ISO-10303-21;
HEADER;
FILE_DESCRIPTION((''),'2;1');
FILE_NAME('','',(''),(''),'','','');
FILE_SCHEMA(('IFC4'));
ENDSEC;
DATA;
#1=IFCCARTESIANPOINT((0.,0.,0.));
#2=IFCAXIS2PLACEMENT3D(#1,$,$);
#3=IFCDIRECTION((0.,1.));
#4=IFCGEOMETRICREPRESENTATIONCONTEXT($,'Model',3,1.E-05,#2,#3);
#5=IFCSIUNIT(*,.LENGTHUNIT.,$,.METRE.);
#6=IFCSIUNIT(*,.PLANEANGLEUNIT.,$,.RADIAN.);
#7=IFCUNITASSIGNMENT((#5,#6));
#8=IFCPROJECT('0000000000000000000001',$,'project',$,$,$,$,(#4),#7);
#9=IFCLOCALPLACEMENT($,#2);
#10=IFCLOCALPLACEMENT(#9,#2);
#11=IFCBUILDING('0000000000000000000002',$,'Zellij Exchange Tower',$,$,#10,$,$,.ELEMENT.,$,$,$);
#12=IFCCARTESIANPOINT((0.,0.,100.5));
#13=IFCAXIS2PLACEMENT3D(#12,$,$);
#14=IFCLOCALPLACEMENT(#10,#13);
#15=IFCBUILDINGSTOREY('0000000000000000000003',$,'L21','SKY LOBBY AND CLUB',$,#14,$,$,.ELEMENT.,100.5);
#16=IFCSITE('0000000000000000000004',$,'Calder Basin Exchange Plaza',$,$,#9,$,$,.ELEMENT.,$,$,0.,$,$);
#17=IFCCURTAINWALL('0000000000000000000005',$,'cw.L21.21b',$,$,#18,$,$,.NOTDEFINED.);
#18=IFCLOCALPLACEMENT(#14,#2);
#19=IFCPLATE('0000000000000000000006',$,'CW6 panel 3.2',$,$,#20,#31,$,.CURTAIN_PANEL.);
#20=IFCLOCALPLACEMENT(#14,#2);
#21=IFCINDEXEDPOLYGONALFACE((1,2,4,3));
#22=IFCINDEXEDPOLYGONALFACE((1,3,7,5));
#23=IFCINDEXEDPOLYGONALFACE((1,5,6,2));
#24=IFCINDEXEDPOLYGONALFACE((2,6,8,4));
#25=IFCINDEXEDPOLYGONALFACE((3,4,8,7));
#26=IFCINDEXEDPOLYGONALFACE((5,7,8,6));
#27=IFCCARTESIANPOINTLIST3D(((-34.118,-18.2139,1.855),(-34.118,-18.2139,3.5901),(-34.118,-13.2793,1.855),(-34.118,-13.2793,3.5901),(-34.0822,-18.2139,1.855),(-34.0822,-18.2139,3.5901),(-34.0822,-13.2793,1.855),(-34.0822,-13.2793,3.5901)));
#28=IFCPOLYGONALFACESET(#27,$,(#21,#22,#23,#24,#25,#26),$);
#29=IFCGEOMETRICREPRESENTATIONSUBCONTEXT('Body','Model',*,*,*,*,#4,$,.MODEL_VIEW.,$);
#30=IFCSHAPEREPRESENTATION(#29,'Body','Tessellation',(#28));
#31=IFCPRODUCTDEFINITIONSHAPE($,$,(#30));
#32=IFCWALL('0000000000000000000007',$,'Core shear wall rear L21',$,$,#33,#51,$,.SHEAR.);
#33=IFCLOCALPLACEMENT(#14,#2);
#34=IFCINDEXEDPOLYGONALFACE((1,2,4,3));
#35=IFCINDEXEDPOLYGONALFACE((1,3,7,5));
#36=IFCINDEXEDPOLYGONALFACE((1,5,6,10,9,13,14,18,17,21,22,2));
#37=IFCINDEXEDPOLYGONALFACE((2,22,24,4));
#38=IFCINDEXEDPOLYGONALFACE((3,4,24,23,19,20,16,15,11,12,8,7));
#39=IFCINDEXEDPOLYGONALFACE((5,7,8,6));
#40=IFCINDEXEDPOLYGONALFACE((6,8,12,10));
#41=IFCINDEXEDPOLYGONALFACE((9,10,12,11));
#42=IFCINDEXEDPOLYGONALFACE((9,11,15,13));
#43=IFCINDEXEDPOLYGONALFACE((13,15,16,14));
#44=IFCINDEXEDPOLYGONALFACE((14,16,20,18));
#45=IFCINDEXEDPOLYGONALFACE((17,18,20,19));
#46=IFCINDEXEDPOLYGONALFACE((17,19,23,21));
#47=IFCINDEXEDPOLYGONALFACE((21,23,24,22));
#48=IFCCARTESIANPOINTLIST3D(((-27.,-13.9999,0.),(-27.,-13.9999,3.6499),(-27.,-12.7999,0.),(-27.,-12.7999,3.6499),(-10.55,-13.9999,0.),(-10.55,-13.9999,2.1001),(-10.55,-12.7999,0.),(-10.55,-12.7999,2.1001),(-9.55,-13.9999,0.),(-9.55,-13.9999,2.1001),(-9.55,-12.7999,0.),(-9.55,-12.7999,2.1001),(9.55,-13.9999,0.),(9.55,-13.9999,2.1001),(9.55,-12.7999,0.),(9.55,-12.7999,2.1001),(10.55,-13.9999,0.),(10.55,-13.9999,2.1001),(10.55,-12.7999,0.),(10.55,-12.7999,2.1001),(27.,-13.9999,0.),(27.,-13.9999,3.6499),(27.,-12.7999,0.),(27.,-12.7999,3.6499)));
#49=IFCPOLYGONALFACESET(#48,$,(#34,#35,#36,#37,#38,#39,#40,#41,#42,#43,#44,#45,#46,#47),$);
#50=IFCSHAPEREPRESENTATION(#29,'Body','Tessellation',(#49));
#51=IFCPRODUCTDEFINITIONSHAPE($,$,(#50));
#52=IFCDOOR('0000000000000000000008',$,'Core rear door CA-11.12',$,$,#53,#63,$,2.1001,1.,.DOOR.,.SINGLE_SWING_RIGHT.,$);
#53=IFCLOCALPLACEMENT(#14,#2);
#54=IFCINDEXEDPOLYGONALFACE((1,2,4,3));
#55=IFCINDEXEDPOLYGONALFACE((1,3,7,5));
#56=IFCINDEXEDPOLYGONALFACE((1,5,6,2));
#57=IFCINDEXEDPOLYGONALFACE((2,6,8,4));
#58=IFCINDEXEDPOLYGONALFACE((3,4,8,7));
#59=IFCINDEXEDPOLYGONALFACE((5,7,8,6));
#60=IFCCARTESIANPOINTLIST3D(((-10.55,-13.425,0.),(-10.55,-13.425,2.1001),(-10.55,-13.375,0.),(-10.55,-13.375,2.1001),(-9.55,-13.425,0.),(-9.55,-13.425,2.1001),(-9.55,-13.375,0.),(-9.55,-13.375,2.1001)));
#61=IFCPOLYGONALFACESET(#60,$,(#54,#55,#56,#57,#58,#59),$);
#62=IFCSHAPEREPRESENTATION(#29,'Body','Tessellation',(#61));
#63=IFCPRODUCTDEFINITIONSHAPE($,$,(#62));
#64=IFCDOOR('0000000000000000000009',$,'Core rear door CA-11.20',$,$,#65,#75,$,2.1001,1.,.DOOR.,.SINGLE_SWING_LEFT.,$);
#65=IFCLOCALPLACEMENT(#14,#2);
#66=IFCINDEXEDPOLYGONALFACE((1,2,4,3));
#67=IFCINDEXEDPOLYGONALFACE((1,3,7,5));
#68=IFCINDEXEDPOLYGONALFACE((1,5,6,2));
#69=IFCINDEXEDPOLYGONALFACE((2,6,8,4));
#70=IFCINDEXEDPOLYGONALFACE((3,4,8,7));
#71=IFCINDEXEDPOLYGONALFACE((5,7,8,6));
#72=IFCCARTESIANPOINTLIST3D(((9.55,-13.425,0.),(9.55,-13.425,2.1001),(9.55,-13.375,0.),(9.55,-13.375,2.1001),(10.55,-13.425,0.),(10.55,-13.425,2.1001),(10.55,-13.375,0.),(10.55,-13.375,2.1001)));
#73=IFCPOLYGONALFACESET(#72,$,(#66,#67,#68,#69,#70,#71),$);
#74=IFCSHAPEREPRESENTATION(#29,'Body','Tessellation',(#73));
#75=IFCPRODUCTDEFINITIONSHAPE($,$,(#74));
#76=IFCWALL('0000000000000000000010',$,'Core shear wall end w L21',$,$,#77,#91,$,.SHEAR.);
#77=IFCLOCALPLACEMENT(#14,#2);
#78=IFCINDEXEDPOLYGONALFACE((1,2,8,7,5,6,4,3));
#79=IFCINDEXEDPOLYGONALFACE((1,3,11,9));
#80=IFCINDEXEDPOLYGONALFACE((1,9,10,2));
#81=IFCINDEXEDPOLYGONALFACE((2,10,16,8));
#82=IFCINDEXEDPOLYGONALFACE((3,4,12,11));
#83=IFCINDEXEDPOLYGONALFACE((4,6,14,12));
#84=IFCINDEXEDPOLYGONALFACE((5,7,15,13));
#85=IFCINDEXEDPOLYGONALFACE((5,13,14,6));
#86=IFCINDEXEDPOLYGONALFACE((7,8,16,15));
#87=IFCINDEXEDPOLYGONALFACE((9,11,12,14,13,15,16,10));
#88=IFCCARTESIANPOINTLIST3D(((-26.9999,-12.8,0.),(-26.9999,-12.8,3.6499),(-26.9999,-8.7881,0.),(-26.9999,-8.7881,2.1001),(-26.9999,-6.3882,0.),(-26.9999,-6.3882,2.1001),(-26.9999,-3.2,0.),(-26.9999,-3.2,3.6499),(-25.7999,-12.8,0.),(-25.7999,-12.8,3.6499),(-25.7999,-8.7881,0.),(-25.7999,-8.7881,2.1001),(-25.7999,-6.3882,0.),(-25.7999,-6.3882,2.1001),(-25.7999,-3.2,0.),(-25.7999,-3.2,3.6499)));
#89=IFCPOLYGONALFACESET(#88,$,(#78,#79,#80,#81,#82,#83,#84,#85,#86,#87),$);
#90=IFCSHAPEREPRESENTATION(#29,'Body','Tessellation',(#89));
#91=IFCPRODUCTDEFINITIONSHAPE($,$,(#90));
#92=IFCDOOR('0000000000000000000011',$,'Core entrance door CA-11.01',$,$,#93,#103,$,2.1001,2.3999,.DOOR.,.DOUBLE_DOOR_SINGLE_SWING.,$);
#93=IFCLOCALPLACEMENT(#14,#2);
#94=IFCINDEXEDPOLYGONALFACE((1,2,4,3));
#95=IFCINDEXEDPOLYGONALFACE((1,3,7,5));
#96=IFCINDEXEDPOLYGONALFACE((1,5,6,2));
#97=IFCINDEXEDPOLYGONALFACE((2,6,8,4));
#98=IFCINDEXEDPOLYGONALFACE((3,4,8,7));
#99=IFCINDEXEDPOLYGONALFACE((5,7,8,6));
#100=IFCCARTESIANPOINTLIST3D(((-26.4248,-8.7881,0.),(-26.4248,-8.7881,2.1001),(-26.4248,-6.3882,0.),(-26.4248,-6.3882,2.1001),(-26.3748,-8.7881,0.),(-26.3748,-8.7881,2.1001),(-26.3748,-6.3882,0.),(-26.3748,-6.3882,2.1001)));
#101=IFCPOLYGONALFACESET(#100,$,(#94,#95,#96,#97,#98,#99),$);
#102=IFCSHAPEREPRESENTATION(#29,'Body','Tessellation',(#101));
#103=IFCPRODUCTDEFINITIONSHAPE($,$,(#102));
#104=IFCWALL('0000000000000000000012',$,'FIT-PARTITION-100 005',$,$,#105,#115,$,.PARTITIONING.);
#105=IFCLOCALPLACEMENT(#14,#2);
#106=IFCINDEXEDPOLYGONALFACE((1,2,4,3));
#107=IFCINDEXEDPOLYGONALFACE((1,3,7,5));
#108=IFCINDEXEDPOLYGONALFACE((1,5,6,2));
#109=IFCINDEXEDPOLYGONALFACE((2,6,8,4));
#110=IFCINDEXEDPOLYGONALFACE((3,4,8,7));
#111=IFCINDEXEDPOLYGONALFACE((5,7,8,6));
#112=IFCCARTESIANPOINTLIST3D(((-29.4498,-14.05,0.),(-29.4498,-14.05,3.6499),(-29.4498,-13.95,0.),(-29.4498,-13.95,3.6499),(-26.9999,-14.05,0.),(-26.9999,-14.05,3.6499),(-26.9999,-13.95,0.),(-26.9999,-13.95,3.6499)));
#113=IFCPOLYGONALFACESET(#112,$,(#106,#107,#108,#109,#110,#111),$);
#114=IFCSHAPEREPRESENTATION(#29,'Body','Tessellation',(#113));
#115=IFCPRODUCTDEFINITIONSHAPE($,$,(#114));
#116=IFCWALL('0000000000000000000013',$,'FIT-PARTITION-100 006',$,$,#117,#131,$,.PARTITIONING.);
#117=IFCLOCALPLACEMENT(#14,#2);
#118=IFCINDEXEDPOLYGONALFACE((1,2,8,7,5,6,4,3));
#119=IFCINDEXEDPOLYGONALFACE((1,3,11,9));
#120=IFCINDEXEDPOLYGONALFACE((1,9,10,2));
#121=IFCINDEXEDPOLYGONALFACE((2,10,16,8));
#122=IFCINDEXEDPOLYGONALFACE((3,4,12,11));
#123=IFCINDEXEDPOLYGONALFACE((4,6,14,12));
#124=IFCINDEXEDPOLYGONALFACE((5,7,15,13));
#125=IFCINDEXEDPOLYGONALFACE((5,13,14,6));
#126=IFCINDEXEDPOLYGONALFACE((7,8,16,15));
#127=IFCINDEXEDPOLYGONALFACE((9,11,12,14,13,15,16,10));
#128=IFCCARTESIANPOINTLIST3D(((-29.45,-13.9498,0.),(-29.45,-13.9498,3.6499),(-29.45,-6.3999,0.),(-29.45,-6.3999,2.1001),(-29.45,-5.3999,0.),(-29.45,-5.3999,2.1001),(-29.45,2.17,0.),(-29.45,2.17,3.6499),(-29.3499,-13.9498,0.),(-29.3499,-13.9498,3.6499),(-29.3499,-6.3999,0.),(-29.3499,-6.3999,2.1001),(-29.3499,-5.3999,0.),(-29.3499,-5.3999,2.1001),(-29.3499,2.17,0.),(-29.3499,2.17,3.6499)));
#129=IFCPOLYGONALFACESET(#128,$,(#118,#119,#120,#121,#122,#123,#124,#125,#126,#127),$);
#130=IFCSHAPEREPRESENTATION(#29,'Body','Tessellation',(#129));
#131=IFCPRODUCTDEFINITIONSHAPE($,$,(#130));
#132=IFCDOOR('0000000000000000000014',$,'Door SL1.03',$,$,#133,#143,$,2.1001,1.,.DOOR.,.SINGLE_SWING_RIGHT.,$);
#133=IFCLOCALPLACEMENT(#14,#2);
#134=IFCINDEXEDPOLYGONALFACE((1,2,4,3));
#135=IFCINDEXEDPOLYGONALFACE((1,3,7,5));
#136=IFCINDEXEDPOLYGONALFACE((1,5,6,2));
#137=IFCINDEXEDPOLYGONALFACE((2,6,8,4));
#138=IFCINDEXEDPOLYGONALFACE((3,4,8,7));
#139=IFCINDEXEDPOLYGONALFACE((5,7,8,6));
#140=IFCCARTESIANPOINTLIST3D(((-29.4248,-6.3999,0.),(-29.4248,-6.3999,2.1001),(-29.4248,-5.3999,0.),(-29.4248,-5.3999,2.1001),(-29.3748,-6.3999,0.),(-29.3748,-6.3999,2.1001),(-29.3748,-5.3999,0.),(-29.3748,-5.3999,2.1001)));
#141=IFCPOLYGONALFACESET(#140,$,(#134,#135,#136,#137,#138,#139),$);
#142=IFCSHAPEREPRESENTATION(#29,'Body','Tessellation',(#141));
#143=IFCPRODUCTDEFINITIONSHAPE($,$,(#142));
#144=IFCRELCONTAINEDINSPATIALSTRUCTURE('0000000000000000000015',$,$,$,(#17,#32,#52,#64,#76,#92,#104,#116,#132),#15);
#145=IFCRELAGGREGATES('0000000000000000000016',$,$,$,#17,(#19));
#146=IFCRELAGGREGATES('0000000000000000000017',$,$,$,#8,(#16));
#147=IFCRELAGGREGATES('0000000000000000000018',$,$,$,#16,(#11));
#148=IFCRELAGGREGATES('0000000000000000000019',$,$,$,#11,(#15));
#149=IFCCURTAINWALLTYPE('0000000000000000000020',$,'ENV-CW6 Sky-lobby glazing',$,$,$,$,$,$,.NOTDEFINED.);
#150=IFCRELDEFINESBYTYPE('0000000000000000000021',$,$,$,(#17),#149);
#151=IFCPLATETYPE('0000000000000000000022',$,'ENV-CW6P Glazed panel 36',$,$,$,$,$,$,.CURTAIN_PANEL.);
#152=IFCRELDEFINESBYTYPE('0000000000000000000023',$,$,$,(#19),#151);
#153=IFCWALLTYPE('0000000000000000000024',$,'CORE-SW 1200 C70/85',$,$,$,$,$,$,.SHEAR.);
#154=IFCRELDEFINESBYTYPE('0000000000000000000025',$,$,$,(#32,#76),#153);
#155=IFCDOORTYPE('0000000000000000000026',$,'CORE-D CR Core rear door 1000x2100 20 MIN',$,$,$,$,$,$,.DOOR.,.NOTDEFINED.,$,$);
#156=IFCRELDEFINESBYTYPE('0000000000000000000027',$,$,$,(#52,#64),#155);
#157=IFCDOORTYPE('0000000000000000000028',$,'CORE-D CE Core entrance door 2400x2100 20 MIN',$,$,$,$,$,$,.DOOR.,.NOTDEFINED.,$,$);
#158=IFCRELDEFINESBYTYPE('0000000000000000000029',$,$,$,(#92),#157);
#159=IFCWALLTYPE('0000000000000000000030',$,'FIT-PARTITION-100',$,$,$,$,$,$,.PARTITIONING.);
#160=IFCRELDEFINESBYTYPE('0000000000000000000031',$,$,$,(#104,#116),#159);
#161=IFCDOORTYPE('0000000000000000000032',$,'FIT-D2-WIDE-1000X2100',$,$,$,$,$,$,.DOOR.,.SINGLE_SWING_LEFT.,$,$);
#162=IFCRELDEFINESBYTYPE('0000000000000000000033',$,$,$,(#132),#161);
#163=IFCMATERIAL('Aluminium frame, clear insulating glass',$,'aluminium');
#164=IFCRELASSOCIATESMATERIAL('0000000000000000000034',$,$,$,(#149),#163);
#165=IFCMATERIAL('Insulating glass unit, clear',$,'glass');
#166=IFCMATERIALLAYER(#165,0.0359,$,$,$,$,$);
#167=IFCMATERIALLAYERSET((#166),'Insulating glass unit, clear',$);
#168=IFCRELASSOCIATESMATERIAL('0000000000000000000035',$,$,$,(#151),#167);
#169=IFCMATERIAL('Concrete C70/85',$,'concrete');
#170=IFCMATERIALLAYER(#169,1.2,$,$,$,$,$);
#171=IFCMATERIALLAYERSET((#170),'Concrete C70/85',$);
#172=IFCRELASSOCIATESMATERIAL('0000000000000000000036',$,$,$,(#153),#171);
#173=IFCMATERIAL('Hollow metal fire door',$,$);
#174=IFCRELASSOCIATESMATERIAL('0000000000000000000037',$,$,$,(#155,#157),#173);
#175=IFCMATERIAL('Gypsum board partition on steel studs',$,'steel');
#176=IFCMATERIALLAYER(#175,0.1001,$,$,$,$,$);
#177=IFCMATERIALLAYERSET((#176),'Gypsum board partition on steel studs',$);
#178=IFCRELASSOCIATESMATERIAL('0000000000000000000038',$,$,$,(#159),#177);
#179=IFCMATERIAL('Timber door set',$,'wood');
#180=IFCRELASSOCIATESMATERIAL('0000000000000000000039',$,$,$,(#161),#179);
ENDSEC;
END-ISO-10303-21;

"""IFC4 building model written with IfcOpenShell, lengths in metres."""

from ifc_helpers import new_model, si_unit, direction, frame, frame_2d, origin, origin_2d, place, context, subcontext, project, spatial, rectangle, extrude, material, layer, layer_set, type_object, element, fill, aggregate, save


model = new_model("IFC4")

# Units and contexts
model_context = context("Model", 3, precision=1e-05, world=origin(), true_north=direction((0.0, 1.0)))
body_context = subcontext(model_context, "Body", "Model", "MODEL_VIEW")
ifc_project = project(units=[si_unit("LENGTHUNIT", "METRE"), si_unit("PLANEANGLEUNIT", "RADIAN")], contexts=[model_context])

# Site, building, storey
site_placement = place(None, origin())
site = spatial("IfcSite", under=ifc_project, at=site_placement, Name="Calder Basin Exchange Plaza", CompositionType="ELEMENT", RefElevation=0.0)
building_placement = place(site_placement, origin())
building = spatial("IfcBuilding", under=site, at=building_placement, Name="Zellij Exchange Tower", CompositionType="ELEMENT")
storey_placement = place(building_placement, frame((0.0, 0.0, 100.5)))
storey = spatial("IfcBuildingStorey", under=building, at=storey_placement, Name="L21", Description="SKY LOBBY AND CLUB", CompositionType="ELEMENT", Elevation=100.5)

# Shared definitions
ifc_material_1 = material(Name="Concrete C70/85", Category="concrete")

# Curtain wall
ifc_material_2 = material(Name="Aluminium frame, clear insulating glass", Category="aluminium")
curtain_wall_type = type_object("IfcCurtainWallType", Name="ENV-CW6 Sky-lobby glazing", PredefinedType="NOTDEFINED", material=ifc_material_2)
curtain_wall_placement = place(storey_placement, origin())
curtain_wall = element("IfcCurtainWall", 1, at=curtain_wall_placement, inside=storey, type_object=curtain_wall_type, Name="cw.L21.21b", PredefinedType="NOTDEFINED")

# Plate
ifc_material_3 = material(Name="Insulating glass unit, clear", Category="glass")
ifc_layer_1 = layer(ifc_material_3, 0.0359)
ifc_layer_set_1 = layer_set([ifc_layer_1], Name="Insulating glass unit, clear")
plate_type = type_object("IfcPlateType", Name="ENV-CW6P Glazed panel 36", PredefinedType="CURTAIN_PANEL", material=ifc_layer_set_1)
plate_1_placement = place(storey_placement, frame((-34.1001, -15.7466, 1.855), z_axis=(0.0, 0.0, 1.0), x_axis=(0.0, -1.0, 0.0)))
plate_1 = element("IfcPlate", 2, at=plate_1_placement, type_object=plate_type, Name="CW6 panel 3.2", PredefinedType="CURTAIN_PANEL", context=body_context, shape_type="SweptSolid", body=[
    extrude(rectangle(XDim=4.9346, YDim=0.0359, at=origin_2d()), origin(), (0.0, 0.0, 1.0), 1.7351),
])
aggregate(curtain_wall, [plate_1])

# Wall, openings, doors
ifc_layer_2 = layer(ifc_material_1, 1.2)
ifc_layer_set_2 = layer_set([ifc_layer_2], Name="Concrete C70/85")
wall_type_1 = type_object("IfcWallType", Name="CORE-SW 1200 C70/85", PredefinedType="SHEAR", material=ifc_layer_set_2)
wall_1_placement = place(storey_placement, frame((-27.0, -13.3999, 0.0), z_axis=(0.0, 0.0, 1.0), x_axis=(1.0, 0.0, 0.0)))
wall_1 = element("IfcWall", 3, at=wall_1_placement, inside=storey, type_object=wall_type_1, Name="Core shear wall rear L21", PredefinedType="SHEAR", context=body_context, shape_type="SweptSolid", body=[
    extrude(rectangle(XDim=54.0, YDim=1.2, at=frame_2d((27.0, 0.0))), origin(), (0.0, 0.0, 1.0), 3.6499),
])
opening_1_placement = place(wall_1_placement, frame((16.45, 0.0, 0.0)))
opening_1 = element("IfcOpeningElement", 4, at=opening_1_placement, cuts=wall_1, PredefinedType="OPENING", context=body_context, shape_type="SweptSolid", body=[
    extrude(rectangle(XDim=1.0, YDim=2.1001, at=frame_2d((0.5, 1.05))), frame((0.0, 0.6118, 0.0), z_axis=(0.0, -1.0, 0.0), x_axis=(1.0, 0.0, 0.0)), (0.0, 0.0, 1.0), 1.2239),
])
opening_2_placement = place(wall_1_placement, frame((36.55, 0.0, 0.0)))
opening_2 = element("IfcOpeningElement", 5, at=opening_2_placement, cuts=wall_1, PredefinedType="OPENING", context=body_context, shape_type="SweptSolid", body=[
    extrude(rectangle(XDim=1.0, YDim=2.1001, at=frame_2d((0.5, 1.05))), frame((0.0, 0.6118, 0.0), z_axis=(0.0, -1.0, 0.0), x_axis=(1.0, 0.0, 0.0)), (0.0, 0.0, 1.0), 1.2239),
])
ifc_material_4 = material(Name="Hollow metal fire door")
door_type_1 = type_object("IfcDoorType", Name="CORE-D CR Core rear door 1000x2100 20 MIN", OperationType="NOTDEFINED", PredefinedType="DOOR", material=ifc_material_4)
door_1_placement = place(opening_1_placement, origin())
door_1 = element("IfcDoor", 6, at=door_1_placement, inside=storey, type_object=door_type_1, Name="Core rear door CA-11.12", OperationType="SINGLE_SWING_RIGHT", OverallHeight=2.1001, OverallWidth=1.0, PredefinedType="DOOR", context=body_context, shape_type="SweptSolid", body=[
    extrude(rectangle(XDim=1.0, YDim=2.1001, at=frame_2d((0.5, 1.05))), frame((0.0, 0.0249, 0.0), z_axis=(0.0, -1.0, 0.0), x_axis=(1.0, 0.0, 0.0)), (0.0, 0.0, 1.0), 0.05),
])
fill(opening_1, door_1)
door_2_placement = place(opening_2_placement, origin())
door_2 = element("IfcDoor", 7, at=door_2_placement, inside=storey, type_object=door_type_1, Name="Core rear door CA-11.20", OperationType="SINGLE_SWING_LEFT", OverallHeight=2.1001, OverallWidth=1.0, PredefinedType="DOOR", context=body_context, shape_type="SweptSolid", body=[
    extrude(rectangle(XDim=1.0, YDim=2.1001, at=frame_2d((0.5, 1.05))), frame((0.0, 0.0249, 0.0), z_axis=(0.0, -1.0, 0.0), x_axis=(1.0, 0.0, 0.0)), (0.0, 0.0, 1.0), 0.05),
])
fill(opening_2, door_2)

# Wall, opening, door
wall_2_placement = place(storey_placement, frame((-26.3999, -12.8, 0.0), z_axis=(0.0, 0.0, 1.0), x_axis=(0.0, 1.0, 0.0)))
wall_2 = element("IfcWall", 8, at=wall_2_placement, inside=storey, type_object=wall_type_1, Name="Core shear wall end w L21", PredefinedType="SHEAR", context=body_context, shape_type="SweptSolid", body=[
    extrude(rectangle(XDim=9.6001, YDim=1.2, at=frame_2d((4.8, 0.0))), origin(), (0.0, 0.0, 1.0), 3.6499),
])
opening_3_placement = place(wall_2_placement, frame((4.012, 0.0, 0.0)))
opening_3 = element("IfcOpeningElement", 9, at=opening_3_placement, cuts=wall_2, PredefinedType="OPENING", context=body_context, shape_type="SweptSolid", body=[
    extrude(rectangle(XDim=2.3999, YDim=2.1001, at=frame_2d((1.2, 1.05))), frame((0.0, 0.6118, 0.0), z_axis=(0.0, -1.0, 0.0), x_axis=(1.0, 0.0, 0.0)), (0.0, 0.0, 1.0), 1.2239),
])
door_type_2 = type_object("IfcDoorType", Name="CORE-D CE Core entrance door 2400x2100 20 MIN", OperationType="NOTDEFINED", PredefinedType="DOOR", material=ifc_material_4)
door_3_placement = place(opening_3_placement, origin())
door_3 = element("IfcDoor", 10, at=door_3_placement, inside=storey, type_object=door_type_2, Name="Core entrance door CA-11.01", OperationType="DOUBLE_DOOR_SINGLE_SWING", OverallHeight=2.1001, OverallWidth=2.3999, PredefinedType="DOOR", context=body_context, shape_type="SweptSolid", body=[
    extrude(rectangle(XDim=2.3999, YDim=2.1001, at=frame_2d((1.2, 1.05))), frame((0.0, 0.0249, 0.0), z_axis=(0.0, -1.0, 0.0), x_axis=(1.0, 0.0, 0.0)), (0.0, 0.0, 1.0), 0.05),
])
fill(opening_3, door_3)

# Wall
ifc_material_5 = material(Name="Gypsum board partition on steel studs", Category="steel")
ifc_layer_3 = layer(ifc_material_5, 0.1001)
ifc_layer_set_3 = layer_set([ifc_layer_3], Name="Gypsum board partition on steel studs")
wall_type_2 = type_object("IfcWallType", Name="FIT-PARTITION-100", PredefinedType="PARTITIONING", material=ifc_layer_set_3)
wall_3_placement = place(storey_placement, frame((-29.45, -14.0, 0.0), z_axis=(0.0, 0.0, 1.0), x_axis=(1.0, 0.0, 0.0)))
element("IfcWall", 11, at=wall_3_placement, inside=storey, type_object=wall_type_2, Name="FIT-PARTITION-100 005", PredefinedType="PARTITIONING", context=body_context, shape_type="SweptSolid", body=[
    extrude(rectangle(XDim=2.45, YDim=0.1001, at=frame_2d((1.2251, 0.0))), origin(), (0.0, 0.0, 1.0), 3.6499),
])

# Wall, opening, door
wall_4_placement = place(storey_placement, frame((-29.3999, -13.95, 0.0), z_axis=(0.0, 0.0, 1.0), x_axis=(0.0, 1.0, 0.0)))
wall_4 = element("IfcWall", 12, at=wall_4_placement, inside=storey, type_object=wall_type_2, Name="FIT-PARTITION-100 006", PredefinedType="PARTITIONING", context=body_context, shape_type="SweptSolid", body=[
    extrude(rectangle(XDim=16.1199, YDim=0.1001, at=frame_2d((8.0601, 0.0))), origin(), (0.0, 0.0, 1.0), 3.6499),
])
opening_4_placement = place(wall_4_placement, frame((7.55, 0.0, 0.0)))
opening_4 = element("IfcOpeningElement", 13, at=opening_4_placement, cuts=wall_4, PredefinedType="OPENING", context=body_context, shape_type="SweptSolid", body=[
    extrude(rectangle(XDim=1.0, YDim=2.1001, at=frame_2d((0.5, 1.05))), frame((0.0, 0.062, 0.0), z_axis=(0.0, -1.0, 0.0), x_axis=(1.0, 0.0, 0.0)), (0.0, 0.0, 1.0), 0.124),
])
ifc_material_6 = material(Name="Timber door set", Category="wood")
door_type_3 = type_object("IfcDoorType", Name="FIT-D2-WIDE-1000X2100", OperationType="SINGLE_SWING_LEFT", PredefinedType="DOOR", material=ifc_material_6)
door_4_placement = place(opening_4_placement, origin())
door_4 = element("IfcDoor", 14, at=door_4_placement, inside=storey, type_object=door_type_3, Name="Door SL1.03", OperationType="SINGLE_SWING_RIGHT", OverallHeight=2.1001, OverallWidth=1.0, PredefinedType="DOOR", context=body_context, shape_type="SweptSolid", body=[
    extrude(rectangle(XDim=1.0, YDim=2.1001, at=frame_2d((0.5, 1.05))), frame((0.0, 0.0249, 0.0), z_axis=(0.0, -1.0, 0.0), x_axis=(1.0, 0.0, 0.0)), (0.0, 0.0, 1.0), 0.05),
])
fill(opening_4, door_4)

save(model, "model.ifc")
